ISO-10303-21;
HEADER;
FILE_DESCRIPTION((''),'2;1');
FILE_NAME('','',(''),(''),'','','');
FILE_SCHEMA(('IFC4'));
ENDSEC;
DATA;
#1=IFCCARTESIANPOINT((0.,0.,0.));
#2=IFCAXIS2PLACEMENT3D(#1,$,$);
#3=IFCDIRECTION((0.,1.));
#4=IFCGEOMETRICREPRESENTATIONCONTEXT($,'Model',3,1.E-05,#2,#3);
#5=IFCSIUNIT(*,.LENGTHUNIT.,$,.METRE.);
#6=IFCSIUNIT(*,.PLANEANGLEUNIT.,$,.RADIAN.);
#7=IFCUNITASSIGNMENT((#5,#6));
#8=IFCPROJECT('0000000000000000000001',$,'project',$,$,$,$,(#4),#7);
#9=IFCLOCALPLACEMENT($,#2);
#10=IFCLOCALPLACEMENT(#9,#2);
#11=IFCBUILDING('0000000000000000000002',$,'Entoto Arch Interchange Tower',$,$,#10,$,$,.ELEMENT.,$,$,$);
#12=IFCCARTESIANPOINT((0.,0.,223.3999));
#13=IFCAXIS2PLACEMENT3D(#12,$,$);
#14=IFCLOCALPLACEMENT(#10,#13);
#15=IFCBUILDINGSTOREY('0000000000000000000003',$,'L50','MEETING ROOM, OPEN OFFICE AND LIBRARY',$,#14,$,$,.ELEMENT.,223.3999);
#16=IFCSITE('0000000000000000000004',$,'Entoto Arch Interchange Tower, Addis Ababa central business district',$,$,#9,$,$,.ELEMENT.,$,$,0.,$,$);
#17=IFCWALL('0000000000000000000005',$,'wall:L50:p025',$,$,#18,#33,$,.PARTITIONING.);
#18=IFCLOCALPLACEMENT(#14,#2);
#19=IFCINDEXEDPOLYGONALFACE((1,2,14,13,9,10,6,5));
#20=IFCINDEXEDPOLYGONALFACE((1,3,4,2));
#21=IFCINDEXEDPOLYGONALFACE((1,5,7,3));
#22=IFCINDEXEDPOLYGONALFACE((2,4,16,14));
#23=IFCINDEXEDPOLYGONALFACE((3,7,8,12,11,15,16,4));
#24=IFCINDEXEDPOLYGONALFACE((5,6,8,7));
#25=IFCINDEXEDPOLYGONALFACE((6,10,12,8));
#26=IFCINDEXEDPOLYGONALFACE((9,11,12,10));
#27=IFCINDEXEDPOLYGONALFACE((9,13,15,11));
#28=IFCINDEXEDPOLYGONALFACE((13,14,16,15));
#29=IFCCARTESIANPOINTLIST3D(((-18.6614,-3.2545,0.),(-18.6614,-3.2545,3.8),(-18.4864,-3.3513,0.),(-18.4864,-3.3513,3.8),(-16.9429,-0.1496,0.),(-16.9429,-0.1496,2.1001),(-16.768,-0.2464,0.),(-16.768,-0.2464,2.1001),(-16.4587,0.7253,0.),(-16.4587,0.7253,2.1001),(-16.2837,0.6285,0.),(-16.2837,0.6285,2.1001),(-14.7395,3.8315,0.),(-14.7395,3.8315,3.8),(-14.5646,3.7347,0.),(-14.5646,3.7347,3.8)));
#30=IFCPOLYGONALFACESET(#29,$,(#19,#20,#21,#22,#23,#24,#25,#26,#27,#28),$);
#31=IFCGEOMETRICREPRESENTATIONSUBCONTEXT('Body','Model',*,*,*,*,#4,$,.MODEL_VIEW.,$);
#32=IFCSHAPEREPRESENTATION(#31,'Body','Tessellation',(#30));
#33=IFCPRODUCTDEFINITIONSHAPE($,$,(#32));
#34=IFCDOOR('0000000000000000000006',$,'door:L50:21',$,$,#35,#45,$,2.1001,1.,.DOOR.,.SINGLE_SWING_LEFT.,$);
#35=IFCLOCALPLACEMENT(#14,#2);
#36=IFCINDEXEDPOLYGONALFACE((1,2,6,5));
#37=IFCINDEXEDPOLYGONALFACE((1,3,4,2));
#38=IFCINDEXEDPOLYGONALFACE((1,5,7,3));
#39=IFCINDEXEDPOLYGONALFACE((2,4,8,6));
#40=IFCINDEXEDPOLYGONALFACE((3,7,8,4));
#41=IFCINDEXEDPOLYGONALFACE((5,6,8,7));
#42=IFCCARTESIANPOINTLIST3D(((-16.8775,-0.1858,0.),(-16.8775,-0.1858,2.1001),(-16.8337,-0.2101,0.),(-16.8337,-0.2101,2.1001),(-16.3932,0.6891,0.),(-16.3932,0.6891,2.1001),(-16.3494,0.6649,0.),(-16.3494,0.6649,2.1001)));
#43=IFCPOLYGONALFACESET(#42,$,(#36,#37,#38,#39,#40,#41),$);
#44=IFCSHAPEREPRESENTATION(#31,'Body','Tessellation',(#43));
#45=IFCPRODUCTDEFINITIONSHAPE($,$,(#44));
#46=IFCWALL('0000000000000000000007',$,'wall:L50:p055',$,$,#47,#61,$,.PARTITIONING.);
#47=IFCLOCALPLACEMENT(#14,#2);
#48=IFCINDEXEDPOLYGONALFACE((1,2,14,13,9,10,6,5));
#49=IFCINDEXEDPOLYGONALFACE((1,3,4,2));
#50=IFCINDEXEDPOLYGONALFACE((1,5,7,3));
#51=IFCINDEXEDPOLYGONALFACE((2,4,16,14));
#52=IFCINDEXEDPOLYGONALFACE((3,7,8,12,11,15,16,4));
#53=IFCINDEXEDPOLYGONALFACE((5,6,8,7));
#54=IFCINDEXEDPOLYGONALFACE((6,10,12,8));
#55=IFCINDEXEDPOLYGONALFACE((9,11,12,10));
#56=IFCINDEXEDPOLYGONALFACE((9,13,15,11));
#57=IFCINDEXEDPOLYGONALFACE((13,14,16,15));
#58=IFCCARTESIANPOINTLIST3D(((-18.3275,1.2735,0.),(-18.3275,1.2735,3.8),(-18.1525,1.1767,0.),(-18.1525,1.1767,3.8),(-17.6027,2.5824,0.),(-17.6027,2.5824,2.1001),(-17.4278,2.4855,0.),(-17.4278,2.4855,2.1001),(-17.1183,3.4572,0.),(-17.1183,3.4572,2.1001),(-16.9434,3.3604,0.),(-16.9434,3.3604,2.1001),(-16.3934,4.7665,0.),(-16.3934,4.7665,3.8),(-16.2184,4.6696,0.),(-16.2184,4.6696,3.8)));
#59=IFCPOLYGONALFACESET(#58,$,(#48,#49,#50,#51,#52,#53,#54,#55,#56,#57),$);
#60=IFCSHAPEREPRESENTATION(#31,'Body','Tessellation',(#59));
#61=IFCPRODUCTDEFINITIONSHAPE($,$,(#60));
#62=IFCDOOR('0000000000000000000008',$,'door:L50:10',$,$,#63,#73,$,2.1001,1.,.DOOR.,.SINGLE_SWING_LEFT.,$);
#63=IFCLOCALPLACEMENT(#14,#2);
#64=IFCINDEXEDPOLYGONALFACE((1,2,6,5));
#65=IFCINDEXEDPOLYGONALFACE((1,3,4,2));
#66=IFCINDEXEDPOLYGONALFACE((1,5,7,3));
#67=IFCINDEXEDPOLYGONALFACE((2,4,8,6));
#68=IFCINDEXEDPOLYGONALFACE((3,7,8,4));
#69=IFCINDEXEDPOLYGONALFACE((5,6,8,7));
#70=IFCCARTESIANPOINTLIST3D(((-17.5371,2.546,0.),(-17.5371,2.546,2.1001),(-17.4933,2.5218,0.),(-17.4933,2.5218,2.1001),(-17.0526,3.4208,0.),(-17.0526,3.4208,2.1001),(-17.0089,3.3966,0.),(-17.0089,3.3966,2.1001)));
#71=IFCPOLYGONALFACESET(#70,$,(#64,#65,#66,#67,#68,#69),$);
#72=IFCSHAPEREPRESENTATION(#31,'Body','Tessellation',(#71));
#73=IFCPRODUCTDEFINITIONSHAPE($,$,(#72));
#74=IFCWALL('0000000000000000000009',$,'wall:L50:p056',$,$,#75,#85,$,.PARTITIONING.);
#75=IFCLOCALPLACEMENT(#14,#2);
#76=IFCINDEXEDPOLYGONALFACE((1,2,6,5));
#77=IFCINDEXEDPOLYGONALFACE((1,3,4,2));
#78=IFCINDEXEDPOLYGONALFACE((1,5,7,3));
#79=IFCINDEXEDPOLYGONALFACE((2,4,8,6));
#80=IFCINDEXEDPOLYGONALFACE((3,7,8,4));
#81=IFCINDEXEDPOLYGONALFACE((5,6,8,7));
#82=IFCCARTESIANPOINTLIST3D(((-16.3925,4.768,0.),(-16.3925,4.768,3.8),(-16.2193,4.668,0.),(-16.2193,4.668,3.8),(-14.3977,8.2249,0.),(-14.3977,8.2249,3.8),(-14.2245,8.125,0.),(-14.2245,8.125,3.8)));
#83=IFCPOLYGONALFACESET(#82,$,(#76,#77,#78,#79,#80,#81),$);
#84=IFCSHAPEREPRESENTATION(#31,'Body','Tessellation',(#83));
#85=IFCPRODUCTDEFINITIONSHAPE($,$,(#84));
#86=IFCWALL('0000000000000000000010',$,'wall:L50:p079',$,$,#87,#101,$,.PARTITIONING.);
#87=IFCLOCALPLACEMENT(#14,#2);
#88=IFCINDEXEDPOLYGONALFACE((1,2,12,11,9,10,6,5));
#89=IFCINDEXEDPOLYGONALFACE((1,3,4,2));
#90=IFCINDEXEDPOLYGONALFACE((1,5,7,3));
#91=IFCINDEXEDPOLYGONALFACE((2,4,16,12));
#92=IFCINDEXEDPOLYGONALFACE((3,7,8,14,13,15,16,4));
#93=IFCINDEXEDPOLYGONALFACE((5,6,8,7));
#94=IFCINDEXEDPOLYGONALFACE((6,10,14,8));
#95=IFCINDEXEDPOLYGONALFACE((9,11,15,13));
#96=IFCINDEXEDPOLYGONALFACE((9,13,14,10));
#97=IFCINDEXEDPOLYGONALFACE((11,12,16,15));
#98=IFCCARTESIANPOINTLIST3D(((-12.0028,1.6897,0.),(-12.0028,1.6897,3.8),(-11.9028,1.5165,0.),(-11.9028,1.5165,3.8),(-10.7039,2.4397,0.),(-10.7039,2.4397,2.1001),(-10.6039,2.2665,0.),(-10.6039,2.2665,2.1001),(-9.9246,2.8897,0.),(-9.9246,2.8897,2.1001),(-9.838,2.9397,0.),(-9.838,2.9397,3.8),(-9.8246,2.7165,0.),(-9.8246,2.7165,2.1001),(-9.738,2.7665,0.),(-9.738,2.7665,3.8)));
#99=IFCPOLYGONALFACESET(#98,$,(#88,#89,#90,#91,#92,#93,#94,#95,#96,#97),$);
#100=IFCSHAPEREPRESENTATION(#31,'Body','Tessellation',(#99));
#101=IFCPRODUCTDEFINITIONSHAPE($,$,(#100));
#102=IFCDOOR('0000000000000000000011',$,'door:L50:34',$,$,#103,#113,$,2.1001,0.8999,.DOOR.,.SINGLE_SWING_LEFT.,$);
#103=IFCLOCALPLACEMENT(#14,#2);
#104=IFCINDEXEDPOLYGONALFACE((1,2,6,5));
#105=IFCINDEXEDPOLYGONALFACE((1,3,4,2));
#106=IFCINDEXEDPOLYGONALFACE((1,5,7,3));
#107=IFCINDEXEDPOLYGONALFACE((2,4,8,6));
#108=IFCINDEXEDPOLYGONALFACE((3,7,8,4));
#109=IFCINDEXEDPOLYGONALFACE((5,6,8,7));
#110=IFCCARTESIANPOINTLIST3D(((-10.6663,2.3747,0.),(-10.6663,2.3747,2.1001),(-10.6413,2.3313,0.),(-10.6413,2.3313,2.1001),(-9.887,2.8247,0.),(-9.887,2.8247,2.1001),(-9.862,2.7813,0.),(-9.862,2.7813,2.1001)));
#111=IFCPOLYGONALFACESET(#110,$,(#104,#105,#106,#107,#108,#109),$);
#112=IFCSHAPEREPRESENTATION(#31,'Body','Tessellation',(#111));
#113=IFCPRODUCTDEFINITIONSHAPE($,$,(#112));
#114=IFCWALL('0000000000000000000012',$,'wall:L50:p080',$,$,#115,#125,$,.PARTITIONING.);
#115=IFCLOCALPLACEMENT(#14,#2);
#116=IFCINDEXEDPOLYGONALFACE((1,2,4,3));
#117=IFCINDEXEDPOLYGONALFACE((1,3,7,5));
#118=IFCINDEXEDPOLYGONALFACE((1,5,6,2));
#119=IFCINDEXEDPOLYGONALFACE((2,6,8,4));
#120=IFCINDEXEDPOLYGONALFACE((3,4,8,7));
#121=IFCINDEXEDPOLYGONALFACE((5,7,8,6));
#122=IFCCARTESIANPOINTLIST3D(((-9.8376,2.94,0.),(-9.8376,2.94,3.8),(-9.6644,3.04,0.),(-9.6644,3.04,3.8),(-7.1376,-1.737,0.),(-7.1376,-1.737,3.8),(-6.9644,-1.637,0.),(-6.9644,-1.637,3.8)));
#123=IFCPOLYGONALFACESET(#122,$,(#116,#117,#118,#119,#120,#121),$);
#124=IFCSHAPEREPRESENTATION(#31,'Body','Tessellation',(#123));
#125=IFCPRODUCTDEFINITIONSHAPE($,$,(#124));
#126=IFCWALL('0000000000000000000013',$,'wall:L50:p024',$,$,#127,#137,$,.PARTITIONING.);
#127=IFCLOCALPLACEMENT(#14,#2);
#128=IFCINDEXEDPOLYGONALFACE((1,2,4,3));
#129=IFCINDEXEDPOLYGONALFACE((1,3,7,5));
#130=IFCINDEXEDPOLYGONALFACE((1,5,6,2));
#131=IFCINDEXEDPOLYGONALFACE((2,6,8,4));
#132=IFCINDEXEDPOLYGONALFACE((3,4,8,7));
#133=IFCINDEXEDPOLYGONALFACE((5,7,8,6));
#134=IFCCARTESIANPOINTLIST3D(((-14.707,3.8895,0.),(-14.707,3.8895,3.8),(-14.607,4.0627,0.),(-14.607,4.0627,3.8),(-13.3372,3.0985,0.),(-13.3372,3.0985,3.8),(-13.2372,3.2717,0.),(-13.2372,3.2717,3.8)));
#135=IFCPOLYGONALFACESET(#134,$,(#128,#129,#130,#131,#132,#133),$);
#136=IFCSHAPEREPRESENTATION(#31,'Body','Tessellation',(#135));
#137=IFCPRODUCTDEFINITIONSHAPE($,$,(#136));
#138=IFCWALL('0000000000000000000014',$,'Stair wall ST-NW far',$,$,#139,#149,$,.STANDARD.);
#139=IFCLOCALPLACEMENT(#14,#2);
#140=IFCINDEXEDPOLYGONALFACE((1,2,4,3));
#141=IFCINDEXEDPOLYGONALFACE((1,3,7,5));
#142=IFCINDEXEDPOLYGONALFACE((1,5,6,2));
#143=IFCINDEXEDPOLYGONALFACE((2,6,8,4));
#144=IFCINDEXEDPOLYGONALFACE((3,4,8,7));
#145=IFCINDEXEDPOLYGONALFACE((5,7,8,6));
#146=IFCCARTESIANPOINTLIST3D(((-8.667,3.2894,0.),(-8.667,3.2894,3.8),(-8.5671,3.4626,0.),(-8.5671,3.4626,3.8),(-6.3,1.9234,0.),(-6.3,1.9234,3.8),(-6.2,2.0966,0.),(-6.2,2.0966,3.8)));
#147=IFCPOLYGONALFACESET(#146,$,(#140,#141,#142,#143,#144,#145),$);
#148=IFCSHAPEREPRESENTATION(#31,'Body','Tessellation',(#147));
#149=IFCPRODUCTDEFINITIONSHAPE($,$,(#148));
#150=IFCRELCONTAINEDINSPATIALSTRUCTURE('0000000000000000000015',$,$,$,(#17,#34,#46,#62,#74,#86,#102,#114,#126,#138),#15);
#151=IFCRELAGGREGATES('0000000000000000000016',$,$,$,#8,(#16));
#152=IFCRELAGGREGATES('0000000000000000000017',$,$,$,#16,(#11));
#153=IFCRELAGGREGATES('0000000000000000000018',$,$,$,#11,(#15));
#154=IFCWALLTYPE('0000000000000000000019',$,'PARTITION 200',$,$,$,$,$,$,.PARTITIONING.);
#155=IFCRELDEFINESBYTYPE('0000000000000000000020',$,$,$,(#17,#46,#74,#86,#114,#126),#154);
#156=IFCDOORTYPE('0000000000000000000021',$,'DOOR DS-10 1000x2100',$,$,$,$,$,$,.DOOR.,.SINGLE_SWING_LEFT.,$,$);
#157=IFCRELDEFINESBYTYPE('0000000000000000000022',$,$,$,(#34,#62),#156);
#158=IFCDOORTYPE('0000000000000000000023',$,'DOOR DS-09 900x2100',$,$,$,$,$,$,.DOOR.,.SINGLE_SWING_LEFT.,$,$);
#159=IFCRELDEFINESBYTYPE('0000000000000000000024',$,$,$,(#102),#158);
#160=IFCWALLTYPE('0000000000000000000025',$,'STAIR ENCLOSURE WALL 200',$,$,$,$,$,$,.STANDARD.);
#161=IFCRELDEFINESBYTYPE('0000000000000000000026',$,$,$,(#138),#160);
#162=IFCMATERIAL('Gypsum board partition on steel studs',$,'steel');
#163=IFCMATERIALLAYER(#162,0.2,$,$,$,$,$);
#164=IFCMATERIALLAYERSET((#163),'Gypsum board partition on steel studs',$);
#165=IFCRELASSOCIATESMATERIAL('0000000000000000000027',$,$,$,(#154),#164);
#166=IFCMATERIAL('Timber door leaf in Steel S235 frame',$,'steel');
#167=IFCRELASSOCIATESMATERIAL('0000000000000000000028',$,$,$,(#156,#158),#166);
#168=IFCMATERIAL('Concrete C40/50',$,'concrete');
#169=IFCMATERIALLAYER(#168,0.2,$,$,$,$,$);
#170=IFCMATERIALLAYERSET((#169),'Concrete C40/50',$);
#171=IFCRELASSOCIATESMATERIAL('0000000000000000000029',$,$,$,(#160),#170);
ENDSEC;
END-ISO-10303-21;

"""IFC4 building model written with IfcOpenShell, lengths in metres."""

from ifc_helpers import new_model, si_unit, direction, frame, frame_2d, origin, place, context, subcontext, project, spatial, rectangle, extrude, material, layer, layer_set, type_object, element, fill, save


model = new_model("IFC4")

# Units and contexts
model_context = context("Model", 3, precision=1e-05, world=origin(), true_north=direction((0.0, 1.0)))
body_context = subcontext(model_context, "Body", "Model", "MODEL_VIEW")
ifc_project = project(units=[si_unit("LENGTHUNIT", "METRE"), si_unit("PLANEANGLEUNIT", "RADIAN")], contexts=[model_context])

# Site, building, storey
site_placement = place(None, origin())
site = spatial("IfcSite", under=ifc_project, at=site_placement, Name="Entoto Arch Interchange Tower, Addis Ababa central business district", CompositionType="ELEMENT", RefElevation=0.0)
building_placement = place(site_placement, origin())
building = spatial("IfcBuilding", under=site, at=building_placement, Name="Entoto Arch Interchange Tower", CompositionType="ELEMENT")
storey_placement = place(building_placement, frame((0.0, 0.0, 223.3999)))
storey = spatial("IfcBuildingStorey", under=building, at=storey_placement, Name="L50", Description="MEETING ROOM, OPEN OFFICE AND LIBRARY", CompositionType="ELEMENT", Elevation=223.3999)

# Shared definitions
ifc_material_1 = material(Name="Concrete C40/50", Category="concrete")

# Shared definitions
ifc_material_2 = material(Name="Gypsum board partition on steel studs", Category="steel")
ifc_layer_1 = layer(ifc_material_2, 0.2)
ifc_layer_set_1 = layer_set([ifc_layer_1], Name="Gypsum board partition on steel studs")
wall_type_1 = type_object("IfcWallType", Name="PARTITION 200", PredefinedType="PARTITIONING", material=ifc_layer_set_1)

# Walls, openings, doors
wall_1_placement = place(storey_placement, frame((-14.6521, 3.783, 0.0), z_axis=(0.0, 0.0, 1.0), x_axis=(-0.48425, -0.87493, 0.0)))
wall_1 = element("IfcWall", 1, at=wall_1_placement, inside=storey, type_object=wall_type_1, Name="wall:L50:p025", PredefinedType="PARTITIONING", context=body_context, shape_type="SweptSolid", body=[
    extrude(rectangle(XDim=8.0989, YDim=0.2, at=frame_2d((4.0493, 0.0))), origin(), (0.0, 0.0, 1.0), 3.8),
])
opening_1_placement = place(wall_1_placement, frame((3.55, 0.0, 0.0)))
opening_1 = element("IfcOpeningElement", 2, at=opening_1_placement, cuts=wall_1, PredefinedType="OPENING", context=body_context, shape_type="SweptSolid", body=[
    extrude(rectangle(XDim=1.0, YDim=2.1001, at=frame_2d((0.5, 1.05))), frame((0.0, 0.1099, 0.0), z_axis=(0.0, -1.0, 0.0), x_axis=(1.0, 0.0, 0.0)), (0.0, 0.0, 1.0), 0.22),
])
ifc_material_3 = material(Name="Timber door leaf in Steel S235 frame", Category="steel")
door_type_1 = type_object("IfcDoorType", Name="DOOR DS-10 1000x2100", OperationType="SINGLE_SWING_LEFT", PredefinedType="DOOR", material=ifc_material_3)
door_1_placement = place(opening_1_placement, origin())
door_1 = element("IfcDoor", 3, at=door_1_placement, inside=storey, type_object=door_type_1, Name="door:L50:21", OperationType="SINGLE_SWING_LEFT", OverallHeight=2.1001, OverallWidth=1.0, PredefinedType="DOOR", context=body_context, shape_type="SweptSolid", body=[
    extrude(rectangle(XDim=1.0, YDim=2.1001, at=frame_2d((0.5, 1.05))), frame((0.0, 0.0249, 0.0), z_axis=(0.0, -1.0, 0.0), x_axis=(1.0, 0.0, 0.0)), (0.0, 0.0, 1.0), 0.05),
])
fill(opening_1, door_1)
wall_2_placement = place(storey_placement, frame((-18.24, 1.2251, 0.0), z_axis=(0.0, 0.0, 1.0), x_axis=(0.484412, 0.87484, 0.0)))
wall_2 = element("IfcWall", 4, at=wall_2_placement, inside=storey, type_object=wall_type_1, Name="wall:L50:p055", PredefinedType="PARTITIONING", context=body_context, shape_type="SweptSolid", body=[
    extrude(rectangle(XDim=3.9927, YDim=0.2, at=frame_2d((1.9963, 0.0))), origin(), (0.0, 0.0, 1.0), 3.8),
])
opening_2_placement = place(wall_2_placement, frame((1.4961, 0.0, 0.0)))
opening_2 = element("IfcOpeningElement", 5, at=opening_2_placement, cuts=wall_2, PredefinedType="OPENING", context=body_context, shape_type="SweptSolid", body=[
    extrude(rectangle(XDim=1.0, YDim=2.1001, at=frame_2d((0.5, 1.05))), frame((0.0, 0.1099, 0.0), z_axis=(0.0, -1.0, 0.0), x_axis=(1.0, 0.0, 0.0)), (0.0, 0.0, 1.0), 0.22),
])
door_2_placement = place(opening_2_placement, origin())
door_2 = element("IfcDoor", 6, at=door_2_placement, inside=storey, type_object=door_type_1, Name="door:L50:10", OperationType="SINGLE_SWING_LEFT", OverallHeight=2.1001, OverallWidth=1.0, PredefinedType="DOOR", context=body_context, shape_type="SweptSolid", body=[
    extrude(rectangle(XDim=1.0, YDim=2.1001, at=frame_2d((0.5, 1.05))), frame((0.0, 0.0249, 0.0), z_axis=(0.0, -1.0, 0.0), x_axis=(1.0, 0.0, 0.0)), (0.0, 0.0, 1.0), 0.05),
])
fill(opening_2, door_2)

# Wall
wall_3_placement = place(storey_placement, frame((-16.3059, 4.718, 0.0), z_axis=(0.0, 0.0, 1.0), x_axis=(0.499804, 0.866139, 0.0)))
element("IfcWall", 7, at=wall_3_placement, inside=storey, type_object=wall_type_1, Name="wall:L50:p056", PredefinedType="PARTITIONING", context=body_context, shape_type="SweptSolid", body=[
    extrude(rectangle(XDim=3.9912, YDim=0.2, at=frame_2d((1.9956, 0.0))), origin(), (0.0, 0.0, 1.0), 3.8),
])

# Wall, opening, door
wall_4_placement = place(storey_placement, frame((-11.9529, 1.603, 0.0), z_axis=(0.0, 0.0, 1.0), x_axis=(0.865999, 0.500047, 0.0)))
wall_4 = element("IfcWall", 8, at=wall_4_placement, inside=storey, type_object=wall_type_1, Name="wall:L50:p079", PredefinedType="PARTITIONING", context=body_context, shape_type="SweptSolid", body=[
    extrude(rectangle(XDim=2.4998, YDim=0.2, at=frame_2d((1.25, 0.0))), origin(), (0.0, 0.0, 1.0), 3.8),
])
opening_3_placement = place(wall_4_placement, frame((1.5, 0.0, 0.0)))
opening_3 = element("IfcOpeningElement", 9, at=opening_3_placement, cuts=wall_4, PredefinedType="OPENING", context=body_context, shape_type="SweptSolid", body=[
    extrude(rectangle(XDim=0.8999, YDim=2.1001, at=frame_2d((0.45, 1.05))), frame((0.0, 0.1099, 0.0), z_axis=(0.0, -1.0, 0.0), x_axis=(1.0, 0.0, 0.0)), (0.0, 0.0, 1.0), 0.22),
])
door_type_2 = type_object("IfcDoorType", Name="DOOR DS-09 900x2100", OperationType="SINGLE_SWING_LEFT", PredefinedType="DOOR", material=ifc_material_3)
door_3_placement = place(opening_3_placement, origin())
door_3 = element("IfcDoor", 10, at=door_3_placement, inside=storey, type_object=door_type_2, Name="door:L50:34", OperationType="SINGLE_SWING_LEFT", OverallHeight=2.1001, OverallWidth=0.8999, PredefinedType="DOOR", context=body_context, shape_type="SweptSolid", body=[
    extrude(rectangle(XDim=0.8999, YDim=2.1001, at=frame_2d((0.45, 1.05))), frame((0.0, 0.0249, 0.0), z_axis=(0.0, -1.0, 0.0), x_axis=(1.0, 0.0, 0.0)), (0.0, 0.0, 1.0), 0.05),
])
fill(opening_3, door_3)

# Walls
wall_5_placement = place(storey_placement, frame((-9.751, 2.99, 0.0), z_axis=(0.0, 0.0, 1.0), x_axis=(0.499956, -0.866051, 0.0)))
element("IfcWall", 11, at=wall_5_placement, inside=storey, type_object=wall_type_1, Name="wall:L50:p080", PredefinedType="PARTITIONING", context=body_context, shape_type="SweptSolid", body=[
    extrude(rectangle(XDim=5.4004, YDim=0.2, at=frame_2d((2.7002, 0.0))), origin(), (0.0, 0.0, 1.0), 3.8),
])
wall_6_placement = place(storey_placement, frame((-13.2871, 3.1851, 0.0), z_axis=(0.0, 0.0, 1.0), x_axis=(-0.865993, 0.500056, 0.0)))
element("IfcWall", 12, at=wall_6_placement, inside=storey, type_object=wall_type_1, Name="wall:L50:p024", PredefinedType="PARTITIONING", context=body_context, shape_type="SweptSolid", body=[
    extrude(rectangle(XDim=1.5818, YDim=0.2, at=frame_2d((0.791, 0.0))), origin(), (0.0, 0.0, 1.0), 3.8),
])
ifc_layer_2 = layer(ifc_material_1, 0.2)
ifc_layer_set_2 = layer_set([ifc_layer_2], Name="Concrete C40/50")
wall_type_2 = type_object("IfcWallType", Name="STAIR ENCLOSURE WALL 200", PredefinedType="STANDARD", material=ifc_layer_set_2)
wall_7_placement = place(storey_placement, frame((-6.25, 2.01, 0.0), z_axis=(0.0, 0.0, 1.0), x_axis=(-0.866119, 0.499838, 0.0)))
element("IfcWall", 13, at=wall_7_placement, inside=storey, type_object=wall_type_2, Name="Stair wall ST-NW far", PredefinedType="STANDARD", context=body_context, shape_type="SweptSolid", body=[
    extrude(rectangle(XDim=2.7329, YDim=0.2, at=frame_2d((1.3665, 0.0))), origin(), (0.0, 0.0, 1.0), 3.8),
])

save(model, "model.ifc")
